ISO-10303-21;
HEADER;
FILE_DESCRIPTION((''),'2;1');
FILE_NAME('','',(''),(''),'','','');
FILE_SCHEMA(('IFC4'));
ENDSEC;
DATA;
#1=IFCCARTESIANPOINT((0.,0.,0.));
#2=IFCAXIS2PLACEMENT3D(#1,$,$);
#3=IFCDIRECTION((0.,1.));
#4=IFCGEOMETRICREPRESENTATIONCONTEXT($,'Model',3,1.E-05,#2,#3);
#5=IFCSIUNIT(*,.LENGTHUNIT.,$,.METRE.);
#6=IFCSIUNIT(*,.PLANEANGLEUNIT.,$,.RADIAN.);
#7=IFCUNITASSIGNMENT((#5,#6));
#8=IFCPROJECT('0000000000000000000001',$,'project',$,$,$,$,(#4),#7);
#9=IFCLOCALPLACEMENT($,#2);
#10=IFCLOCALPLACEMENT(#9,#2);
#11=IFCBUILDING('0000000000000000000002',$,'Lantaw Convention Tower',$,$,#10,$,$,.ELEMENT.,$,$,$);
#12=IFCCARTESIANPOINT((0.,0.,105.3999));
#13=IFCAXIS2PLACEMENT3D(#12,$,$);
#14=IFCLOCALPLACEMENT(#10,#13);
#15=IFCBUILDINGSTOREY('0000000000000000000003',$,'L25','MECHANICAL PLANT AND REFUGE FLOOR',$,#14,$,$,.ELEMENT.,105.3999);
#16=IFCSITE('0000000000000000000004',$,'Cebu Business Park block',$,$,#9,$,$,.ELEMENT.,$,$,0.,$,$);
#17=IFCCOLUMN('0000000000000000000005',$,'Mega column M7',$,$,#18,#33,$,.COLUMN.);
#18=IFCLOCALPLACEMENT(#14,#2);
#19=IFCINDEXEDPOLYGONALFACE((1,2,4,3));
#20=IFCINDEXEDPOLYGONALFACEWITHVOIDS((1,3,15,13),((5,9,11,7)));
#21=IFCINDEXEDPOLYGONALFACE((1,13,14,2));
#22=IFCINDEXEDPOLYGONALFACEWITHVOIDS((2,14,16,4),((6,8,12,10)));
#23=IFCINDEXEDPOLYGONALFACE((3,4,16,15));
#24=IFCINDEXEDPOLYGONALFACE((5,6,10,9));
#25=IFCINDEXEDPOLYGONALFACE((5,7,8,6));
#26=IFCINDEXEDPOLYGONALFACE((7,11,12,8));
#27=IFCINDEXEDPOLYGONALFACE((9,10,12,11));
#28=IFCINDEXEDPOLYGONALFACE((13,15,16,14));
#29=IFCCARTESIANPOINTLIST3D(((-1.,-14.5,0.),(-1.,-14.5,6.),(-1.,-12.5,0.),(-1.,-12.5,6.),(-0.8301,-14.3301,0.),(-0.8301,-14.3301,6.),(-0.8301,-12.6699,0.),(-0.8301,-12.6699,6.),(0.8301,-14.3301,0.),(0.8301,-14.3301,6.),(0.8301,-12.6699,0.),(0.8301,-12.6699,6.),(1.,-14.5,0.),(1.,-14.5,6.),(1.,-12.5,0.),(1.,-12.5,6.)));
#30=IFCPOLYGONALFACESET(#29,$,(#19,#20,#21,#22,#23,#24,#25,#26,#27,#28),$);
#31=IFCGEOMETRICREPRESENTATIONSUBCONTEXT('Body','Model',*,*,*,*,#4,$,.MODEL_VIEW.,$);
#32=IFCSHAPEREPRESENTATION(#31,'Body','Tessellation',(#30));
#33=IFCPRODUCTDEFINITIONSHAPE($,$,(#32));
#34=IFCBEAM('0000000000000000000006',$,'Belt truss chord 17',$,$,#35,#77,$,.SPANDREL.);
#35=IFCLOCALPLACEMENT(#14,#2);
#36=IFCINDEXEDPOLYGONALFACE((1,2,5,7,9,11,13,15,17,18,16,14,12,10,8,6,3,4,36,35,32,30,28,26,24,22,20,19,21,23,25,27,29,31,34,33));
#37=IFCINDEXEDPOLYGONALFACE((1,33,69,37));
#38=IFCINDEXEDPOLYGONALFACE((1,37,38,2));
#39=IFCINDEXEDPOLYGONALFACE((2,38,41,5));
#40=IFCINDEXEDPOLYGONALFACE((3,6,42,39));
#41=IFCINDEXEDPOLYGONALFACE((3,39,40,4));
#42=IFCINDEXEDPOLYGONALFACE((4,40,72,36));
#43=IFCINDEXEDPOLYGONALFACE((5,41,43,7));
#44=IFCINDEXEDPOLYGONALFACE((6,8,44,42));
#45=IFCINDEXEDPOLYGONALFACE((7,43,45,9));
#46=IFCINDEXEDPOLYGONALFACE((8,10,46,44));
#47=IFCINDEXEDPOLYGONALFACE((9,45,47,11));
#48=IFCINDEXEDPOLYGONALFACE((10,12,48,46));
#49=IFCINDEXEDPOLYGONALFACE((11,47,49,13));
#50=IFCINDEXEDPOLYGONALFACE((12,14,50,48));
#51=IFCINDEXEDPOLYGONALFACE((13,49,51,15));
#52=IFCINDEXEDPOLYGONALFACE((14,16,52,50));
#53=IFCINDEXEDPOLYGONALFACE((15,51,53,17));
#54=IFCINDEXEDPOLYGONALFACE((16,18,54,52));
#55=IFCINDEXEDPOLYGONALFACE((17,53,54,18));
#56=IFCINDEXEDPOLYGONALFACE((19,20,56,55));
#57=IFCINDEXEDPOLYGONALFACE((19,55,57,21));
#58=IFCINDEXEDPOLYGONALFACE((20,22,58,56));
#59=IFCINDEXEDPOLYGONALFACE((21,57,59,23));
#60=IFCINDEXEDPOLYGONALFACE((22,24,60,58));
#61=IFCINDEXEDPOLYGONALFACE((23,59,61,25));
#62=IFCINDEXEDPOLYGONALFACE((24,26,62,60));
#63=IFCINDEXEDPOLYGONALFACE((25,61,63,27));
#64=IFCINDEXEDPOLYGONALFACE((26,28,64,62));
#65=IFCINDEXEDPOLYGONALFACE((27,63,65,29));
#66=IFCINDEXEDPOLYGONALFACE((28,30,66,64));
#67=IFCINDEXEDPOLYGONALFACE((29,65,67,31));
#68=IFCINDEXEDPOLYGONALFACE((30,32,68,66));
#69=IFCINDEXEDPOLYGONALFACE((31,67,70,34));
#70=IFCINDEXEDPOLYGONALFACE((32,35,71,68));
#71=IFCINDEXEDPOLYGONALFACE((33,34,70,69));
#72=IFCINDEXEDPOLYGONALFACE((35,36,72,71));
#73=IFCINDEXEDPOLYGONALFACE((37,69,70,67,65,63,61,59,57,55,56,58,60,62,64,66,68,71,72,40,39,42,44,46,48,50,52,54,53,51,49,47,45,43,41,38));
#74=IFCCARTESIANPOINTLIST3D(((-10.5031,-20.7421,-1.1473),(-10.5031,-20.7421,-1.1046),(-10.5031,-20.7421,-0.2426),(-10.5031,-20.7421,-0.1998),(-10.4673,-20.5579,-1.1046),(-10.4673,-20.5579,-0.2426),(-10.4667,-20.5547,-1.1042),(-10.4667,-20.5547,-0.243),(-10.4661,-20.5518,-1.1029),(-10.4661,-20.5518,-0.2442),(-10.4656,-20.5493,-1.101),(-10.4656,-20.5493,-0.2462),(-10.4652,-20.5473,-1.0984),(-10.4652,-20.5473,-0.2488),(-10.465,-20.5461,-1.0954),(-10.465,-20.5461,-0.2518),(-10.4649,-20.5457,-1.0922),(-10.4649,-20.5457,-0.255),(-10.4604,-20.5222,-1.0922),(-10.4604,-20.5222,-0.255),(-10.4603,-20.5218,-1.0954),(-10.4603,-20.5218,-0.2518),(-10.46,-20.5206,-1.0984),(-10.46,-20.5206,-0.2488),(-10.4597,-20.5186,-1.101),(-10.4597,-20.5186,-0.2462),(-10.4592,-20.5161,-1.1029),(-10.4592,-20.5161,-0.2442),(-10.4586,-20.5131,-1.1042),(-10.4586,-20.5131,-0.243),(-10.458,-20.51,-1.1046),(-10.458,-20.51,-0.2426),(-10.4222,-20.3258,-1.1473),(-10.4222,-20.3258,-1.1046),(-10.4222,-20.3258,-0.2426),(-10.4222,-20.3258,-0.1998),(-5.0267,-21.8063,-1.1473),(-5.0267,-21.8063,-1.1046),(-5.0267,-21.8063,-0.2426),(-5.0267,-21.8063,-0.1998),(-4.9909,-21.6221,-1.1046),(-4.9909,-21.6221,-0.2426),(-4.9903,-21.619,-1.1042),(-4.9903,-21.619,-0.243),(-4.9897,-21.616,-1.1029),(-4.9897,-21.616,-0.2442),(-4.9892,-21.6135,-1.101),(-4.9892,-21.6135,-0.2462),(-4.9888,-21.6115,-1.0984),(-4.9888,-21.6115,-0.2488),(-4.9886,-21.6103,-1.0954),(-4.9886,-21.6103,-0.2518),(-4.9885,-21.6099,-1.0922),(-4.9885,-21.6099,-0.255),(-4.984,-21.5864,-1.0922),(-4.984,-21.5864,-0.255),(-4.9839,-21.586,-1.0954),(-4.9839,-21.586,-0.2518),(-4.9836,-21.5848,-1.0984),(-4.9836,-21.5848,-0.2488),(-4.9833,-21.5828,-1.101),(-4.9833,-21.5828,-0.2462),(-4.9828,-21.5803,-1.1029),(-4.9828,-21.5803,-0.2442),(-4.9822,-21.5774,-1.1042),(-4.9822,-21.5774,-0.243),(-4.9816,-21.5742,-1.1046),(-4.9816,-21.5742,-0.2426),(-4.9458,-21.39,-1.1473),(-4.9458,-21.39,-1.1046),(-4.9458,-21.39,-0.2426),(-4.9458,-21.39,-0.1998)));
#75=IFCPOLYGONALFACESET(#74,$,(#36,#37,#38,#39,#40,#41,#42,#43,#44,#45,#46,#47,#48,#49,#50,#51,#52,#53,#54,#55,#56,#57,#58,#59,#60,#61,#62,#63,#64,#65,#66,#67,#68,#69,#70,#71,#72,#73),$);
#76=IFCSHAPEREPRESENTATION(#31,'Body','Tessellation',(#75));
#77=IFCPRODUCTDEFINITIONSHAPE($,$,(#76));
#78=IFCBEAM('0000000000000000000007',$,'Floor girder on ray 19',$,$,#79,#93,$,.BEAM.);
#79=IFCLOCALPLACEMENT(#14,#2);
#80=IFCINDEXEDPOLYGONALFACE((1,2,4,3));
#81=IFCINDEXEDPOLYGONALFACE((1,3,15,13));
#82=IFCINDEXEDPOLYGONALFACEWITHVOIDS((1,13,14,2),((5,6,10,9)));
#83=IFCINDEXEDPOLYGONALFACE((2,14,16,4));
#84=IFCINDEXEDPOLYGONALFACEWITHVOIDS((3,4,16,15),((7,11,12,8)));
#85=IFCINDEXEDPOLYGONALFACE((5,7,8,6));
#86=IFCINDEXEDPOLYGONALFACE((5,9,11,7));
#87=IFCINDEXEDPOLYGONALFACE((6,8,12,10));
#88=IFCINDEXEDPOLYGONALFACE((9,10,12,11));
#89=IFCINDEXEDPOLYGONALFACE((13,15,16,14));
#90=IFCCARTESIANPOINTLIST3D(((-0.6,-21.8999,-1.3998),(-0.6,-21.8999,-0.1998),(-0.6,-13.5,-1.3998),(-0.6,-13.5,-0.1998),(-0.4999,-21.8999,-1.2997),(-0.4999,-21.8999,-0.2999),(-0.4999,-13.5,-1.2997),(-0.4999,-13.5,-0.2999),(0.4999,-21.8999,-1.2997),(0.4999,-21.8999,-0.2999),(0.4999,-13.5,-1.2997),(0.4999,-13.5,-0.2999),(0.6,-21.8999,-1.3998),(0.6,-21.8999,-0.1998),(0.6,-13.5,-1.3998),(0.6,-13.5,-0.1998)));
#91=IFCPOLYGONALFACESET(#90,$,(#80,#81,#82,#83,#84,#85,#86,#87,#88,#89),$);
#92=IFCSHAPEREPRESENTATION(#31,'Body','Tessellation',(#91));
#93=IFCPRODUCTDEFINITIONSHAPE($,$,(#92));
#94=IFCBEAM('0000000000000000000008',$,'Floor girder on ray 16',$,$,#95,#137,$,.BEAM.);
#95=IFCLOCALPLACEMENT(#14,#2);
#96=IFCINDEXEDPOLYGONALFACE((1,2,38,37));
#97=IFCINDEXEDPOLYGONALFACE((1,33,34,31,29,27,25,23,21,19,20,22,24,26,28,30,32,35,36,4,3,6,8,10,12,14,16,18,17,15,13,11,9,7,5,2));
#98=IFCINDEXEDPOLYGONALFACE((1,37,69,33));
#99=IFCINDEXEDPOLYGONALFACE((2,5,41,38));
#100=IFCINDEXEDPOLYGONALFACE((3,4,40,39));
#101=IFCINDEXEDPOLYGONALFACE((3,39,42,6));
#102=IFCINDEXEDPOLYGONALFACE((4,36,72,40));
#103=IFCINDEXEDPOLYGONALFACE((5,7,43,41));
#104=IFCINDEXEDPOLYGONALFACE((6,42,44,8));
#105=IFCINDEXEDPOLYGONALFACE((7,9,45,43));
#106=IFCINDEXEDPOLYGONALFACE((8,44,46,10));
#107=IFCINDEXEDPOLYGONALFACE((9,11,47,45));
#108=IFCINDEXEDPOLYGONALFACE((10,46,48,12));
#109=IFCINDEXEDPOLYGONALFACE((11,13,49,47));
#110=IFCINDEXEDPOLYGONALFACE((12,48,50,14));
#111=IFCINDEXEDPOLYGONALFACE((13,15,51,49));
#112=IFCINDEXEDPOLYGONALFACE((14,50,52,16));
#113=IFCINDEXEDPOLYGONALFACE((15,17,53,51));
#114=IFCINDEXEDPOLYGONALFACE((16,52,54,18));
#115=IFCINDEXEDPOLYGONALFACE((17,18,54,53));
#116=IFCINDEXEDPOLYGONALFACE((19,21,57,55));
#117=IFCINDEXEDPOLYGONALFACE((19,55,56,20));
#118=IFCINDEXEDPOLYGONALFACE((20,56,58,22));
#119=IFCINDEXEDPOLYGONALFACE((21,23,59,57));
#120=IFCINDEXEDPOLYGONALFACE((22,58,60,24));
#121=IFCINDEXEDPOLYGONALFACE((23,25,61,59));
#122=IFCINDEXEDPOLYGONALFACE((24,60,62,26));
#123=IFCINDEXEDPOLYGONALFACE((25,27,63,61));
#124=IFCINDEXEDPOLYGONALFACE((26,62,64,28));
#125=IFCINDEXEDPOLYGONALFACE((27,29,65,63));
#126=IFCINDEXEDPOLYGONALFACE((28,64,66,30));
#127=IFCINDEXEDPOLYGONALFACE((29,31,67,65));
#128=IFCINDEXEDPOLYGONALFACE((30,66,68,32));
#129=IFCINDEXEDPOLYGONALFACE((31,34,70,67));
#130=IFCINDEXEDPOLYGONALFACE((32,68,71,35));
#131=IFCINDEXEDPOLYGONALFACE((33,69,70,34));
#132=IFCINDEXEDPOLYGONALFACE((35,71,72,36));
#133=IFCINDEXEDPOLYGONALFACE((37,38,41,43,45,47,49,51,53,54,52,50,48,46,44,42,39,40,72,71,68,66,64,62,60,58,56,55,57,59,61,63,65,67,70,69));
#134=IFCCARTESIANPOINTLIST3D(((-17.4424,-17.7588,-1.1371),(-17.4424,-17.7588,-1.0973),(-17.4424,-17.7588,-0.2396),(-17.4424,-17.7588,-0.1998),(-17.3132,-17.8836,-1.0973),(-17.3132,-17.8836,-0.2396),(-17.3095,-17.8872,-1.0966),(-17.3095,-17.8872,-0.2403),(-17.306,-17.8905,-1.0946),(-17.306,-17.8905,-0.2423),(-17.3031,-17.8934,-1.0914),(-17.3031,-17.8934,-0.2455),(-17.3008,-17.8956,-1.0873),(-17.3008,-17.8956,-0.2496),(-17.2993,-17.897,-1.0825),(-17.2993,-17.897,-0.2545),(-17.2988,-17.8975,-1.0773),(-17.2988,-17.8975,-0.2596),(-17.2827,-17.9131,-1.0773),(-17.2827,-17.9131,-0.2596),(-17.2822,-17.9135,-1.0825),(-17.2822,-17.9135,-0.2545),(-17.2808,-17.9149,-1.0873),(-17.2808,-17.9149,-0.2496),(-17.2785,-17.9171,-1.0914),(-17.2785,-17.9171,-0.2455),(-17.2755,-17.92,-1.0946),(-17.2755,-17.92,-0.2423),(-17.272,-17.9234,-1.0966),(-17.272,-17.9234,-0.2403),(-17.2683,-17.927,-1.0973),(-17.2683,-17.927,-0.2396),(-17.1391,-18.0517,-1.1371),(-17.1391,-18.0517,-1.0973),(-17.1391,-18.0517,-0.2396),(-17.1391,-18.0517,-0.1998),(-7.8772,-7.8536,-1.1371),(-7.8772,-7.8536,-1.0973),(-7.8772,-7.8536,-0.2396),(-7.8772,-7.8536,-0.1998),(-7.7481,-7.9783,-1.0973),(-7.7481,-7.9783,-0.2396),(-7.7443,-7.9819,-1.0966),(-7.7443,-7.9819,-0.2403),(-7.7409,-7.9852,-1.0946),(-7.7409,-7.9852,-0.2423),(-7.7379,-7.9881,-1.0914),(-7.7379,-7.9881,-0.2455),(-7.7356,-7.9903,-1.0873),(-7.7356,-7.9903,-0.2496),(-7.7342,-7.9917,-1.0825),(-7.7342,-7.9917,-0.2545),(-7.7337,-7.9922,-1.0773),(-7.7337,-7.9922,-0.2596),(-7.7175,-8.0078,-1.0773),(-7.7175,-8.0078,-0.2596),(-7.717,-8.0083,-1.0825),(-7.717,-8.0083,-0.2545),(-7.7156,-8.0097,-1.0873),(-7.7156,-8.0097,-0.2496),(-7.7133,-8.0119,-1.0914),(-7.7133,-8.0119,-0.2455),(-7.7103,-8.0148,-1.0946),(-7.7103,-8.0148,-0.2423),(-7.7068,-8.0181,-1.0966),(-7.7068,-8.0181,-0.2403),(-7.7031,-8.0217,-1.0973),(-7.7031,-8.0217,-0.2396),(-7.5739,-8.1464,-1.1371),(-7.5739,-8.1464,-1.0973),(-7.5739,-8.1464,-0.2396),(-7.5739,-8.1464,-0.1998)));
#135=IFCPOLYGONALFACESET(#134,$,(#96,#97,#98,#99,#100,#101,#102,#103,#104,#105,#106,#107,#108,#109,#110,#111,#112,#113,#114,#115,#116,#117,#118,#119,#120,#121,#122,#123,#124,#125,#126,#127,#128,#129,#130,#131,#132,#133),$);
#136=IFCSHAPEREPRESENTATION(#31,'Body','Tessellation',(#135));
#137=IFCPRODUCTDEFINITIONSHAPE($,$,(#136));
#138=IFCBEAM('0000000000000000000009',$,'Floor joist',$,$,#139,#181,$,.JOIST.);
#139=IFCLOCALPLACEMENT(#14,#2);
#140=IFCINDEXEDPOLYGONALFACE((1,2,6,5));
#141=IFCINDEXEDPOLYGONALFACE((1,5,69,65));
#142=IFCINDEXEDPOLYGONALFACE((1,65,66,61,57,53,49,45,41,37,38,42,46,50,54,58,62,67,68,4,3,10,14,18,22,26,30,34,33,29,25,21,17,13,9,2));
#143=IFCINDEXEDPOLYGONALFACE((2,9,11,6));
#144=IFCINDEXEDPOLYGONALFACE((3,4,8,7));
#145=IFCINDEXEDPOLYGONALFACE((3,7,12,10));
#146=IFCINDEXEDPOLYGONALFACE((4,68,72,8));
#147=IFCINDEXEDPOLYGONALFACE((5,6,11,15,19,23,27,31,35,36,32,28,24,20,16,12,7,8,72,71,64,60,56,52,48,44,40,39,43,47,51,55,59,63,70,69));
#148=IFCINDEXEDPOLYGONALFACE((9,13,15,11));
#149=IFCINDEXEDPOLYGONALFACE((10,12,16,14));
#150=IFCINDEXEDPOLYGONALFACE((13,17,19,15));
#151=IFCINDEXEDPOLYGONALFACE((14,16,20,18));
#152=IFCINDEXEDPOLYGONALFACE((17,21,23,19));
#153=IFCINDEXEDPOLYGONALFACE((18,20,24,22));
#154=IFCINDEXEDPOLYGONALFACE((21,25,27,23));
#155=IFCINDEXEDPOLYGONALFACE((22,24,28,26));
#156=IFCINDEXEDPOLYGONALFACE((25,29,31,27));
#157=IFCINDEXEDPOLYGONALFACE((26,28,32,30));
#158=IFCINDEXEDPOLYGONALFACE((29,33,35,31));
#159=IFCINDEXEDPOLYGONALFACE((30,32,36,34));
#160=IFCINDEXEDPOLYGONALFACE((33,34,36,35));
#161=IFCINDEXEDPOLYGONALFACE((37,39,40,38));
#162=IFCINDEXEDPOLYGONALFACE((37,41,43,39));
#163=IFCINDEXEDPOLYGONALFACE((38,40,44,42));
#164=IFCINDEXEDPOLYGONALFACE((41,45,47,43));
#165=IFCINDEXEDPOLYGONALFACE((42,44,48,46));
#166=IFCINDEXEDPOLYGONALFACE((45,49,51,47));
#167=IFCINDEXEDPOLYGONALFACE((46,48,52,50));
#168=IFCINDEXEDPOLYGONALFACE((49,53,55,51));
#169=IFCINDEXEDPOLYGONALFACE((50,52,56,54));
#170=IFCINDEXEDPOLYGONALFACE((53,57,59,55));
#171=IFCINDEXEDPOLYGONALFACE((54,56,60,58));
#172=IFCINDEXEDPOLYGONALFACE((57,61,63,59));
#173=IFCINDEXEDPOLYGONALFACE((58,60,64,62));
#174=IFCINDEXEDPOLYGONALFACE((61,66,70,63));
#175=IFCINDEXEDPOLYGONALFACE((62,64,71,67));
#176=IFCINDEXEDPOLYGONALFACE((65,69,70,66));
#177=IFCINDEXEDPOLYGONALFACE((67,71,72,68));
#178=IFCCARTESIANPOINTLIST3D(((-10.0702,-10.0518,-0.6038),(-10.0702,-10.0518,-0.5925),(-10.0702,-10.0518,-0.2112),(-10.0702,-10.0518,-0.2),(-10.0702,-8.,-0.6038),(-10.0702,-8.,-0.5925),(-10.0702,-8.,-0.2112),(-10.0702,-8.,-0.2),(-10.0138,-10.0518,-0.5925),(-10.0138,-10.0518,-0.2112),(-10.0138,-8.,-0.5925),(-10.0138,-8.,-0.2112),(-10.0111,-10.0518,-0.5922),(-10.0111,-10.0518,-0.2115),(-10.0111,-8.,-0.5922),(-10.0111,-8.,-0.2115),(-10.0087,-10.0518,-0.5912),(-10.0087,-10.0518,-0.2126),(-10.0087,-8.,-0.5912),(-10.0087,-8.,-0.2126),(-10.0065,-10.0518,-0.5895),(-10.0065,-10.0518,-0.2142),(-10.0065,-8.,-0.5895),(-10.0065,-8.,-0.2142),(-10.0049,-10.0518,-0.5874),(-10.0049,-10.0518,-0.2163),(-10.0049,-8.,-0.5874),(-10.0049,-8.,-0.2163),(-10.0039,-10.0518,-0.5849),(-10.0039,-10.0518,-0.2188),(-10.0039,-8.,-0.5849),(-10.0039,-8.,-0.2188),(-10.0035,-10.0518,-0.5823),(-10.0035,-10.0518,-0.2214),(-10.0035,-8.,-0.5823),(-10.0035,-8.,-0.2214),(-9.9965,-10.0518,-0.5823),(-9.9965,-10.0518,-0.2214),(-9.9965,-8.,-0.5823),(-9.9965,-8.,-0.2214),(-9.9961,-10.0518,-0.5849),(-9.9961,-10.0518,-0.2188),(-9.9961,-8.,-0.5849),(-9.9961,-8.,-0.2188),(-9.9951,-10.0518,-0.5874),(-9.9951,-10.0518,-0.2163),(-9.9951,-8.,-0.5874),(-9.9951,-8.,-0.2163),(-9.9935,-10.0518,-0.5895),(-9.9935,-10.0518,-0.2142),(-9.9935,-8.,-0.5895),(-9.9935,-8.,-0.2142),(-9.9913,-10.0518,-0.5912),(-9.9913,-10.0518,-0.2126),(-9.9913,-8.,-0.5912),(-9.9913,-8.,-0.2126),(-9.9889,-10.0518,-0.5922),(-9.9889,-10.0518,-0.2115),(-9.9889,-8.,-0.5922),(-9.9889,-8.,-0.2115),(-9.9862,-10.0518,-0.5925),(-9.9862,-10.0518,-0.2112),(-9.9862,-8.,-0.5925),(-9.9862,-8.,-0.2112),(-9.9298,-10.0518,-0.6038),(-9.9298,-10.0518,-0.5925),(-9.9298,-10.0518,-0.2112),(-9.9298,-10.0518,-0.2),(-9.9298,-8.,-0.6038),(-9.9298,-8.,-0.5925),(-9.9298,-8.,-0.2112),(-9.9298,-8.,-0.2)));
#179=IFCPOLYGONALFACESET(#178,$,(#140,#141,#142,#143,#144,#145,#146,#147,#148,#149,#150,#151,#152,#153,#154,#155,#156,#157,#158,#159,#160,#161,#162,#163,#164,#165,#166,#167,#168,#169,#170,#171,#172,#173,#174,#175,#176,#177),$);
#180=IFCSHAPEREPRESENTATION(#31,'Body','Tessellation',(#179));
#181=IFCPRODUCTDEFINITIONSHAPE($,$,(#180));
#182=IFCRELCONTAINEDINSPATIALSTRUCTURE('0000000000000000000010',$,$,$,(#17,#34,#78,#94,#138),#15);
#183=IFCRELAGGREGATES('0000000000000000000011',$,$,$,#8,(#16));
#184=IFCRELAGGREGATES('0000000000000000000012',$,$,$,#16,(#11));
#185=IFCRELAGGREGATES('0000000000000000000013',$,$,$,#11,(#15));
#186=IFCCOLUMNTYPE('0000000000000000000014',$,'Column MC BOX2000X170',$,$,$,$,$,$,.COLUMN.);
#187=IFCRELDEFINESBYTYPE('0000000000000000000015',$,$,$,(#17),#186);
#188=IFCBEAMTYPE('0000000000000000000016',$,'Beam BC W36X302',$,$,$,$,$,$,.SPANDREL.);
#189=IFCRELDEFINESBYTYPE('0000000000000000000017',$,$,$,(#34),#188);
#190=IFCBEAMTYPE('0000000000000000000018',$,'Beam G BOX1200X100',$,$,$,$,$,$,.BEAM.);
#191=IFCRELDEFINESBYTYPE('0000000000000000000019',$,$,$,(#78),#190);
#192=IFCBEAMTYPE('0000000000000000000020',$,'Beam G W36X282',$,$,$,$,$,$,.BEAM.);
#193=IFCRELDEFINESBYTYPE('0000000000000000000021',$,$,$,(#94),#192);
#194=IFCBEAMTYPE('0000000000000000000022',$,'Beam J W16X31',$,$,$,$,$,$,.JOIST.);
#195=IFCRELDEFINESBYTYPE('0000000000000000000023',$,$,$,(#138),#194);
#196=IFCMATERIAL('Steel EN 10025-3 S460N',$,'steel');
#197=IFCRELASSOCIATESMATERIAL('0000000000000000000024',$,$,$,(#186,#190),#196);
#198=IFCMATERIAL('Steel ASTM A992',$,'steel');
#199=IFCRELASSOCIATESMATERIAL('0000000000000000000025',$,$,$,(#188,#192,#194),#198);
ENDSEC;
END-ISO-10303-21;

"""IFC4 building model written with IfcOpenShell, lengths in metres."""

from ifc_helpers import new_model, si_unit, direction, frame, origin, origin_2d, place, context, subcontext, project, spatial, rectangle, hollow_rectangle, i_section, extrude, material, material_profile, profile_set, type_object, element, save


model = new_model("IFC4")

# Units and contexts
model_context = context("Model", 3, precision=1e-05, world=origin(), true_north=direction((0.0, 1.0)))
body_context = subcontext(model_context, "Body", "Model", "MODEL_VIEW")
ifc_project = project(units=[si_unit("LENGTHUNIT", "METRE"), si_unit("PLANEANGLEUNIT", "RADIAN")], contexts=[model_context])

# Site, building, storey
site_placement = place(None, origin())
site = spatial("IfcSite", under=ifc_project, at=site_placement, Name="Cebu Business Park block", CompositionType="ELEMENT", RefElevation=0.0)
building_placement = place(site_placement, origin())
building = spatial("IfcBuilding", under=site, at=building_placement, Name="Lantaw Convention Tower", CompositionType="ELEMENT")
storey_placement = place(building_placement, frame((0.0, 0.0, 105.3999)))
storey = spatial("IfcBuildingStorey", under=building, at=storey_placement, Name="L25", Description="MECHANICAL PLANT AND REFUGE FLOOR", CompositionType="ELEMENT", Elevation=105.3999)

# Column
ifc_material_1 = material(Name="Steel EN 10025-3 S460N", Category="steel")
ifc_material_profile_1 = material_profile(ifc_material_1, hollow_rectangle(XDim=2.0, YDim=2.0, WallThickness=0.1699, at=origin_2d()), Name="BOX2000X170")
ifc_material_2 = material(Name="Concrete C60/75", Category="concrete")
ifc_material_profile_2 = material_profile(ifc_material_2, rectangle(XDim=1.6599, YDim=1.6599, at=origin_2d()), Name="Concrete fill of BOX2000X170")
ifc_profile_set_1 = profile_set([ifc_material_profile_1, ifc_material_profile_2], Name="Steel EN 10025-3 S460N")
column_type = type_object("IfcColumnType", Name="Column MC BOX2000X170", PredefinedType="COLUMN", material=ifc_profile_set_1)
column_placement = place(storey_placement, frame((0.0, -13.5, 0.0), z_axis=(0.0, 0.0, 1.0), x_axis=(1.0, 0.0, 0.0)))
element("IfcColumn", 1, at=column_placement, inside=storey, type_object=column_type, Name="Mega column M7", PredefinedType="COLUMN", context=body_context, shape_type="SweptSolid", body=[
    extrude(hollow_rectangle(XDim=2.0, YDim=2.0, WallThickness=0.1699, at=origin_2d()), origin(), (0.0, 0.0, 1.0), 6.0),
])

# Beams
ifc_material_3 = material(Name="Steel ASTM A992", Category="steel")
ifc_material_profile_3 = material_profile(ifc_material_3, i_section(OverallWidth=0.4241, OverallDepth=0.9475, WebThickness=0.0239, FlangeThickness=0.0427, FilletRadius=0.0125, at=origin_2d()), Name="W36X302")
ifc_profile_set_2 = profile_set([ifc_material_profile_3], Name="Steel ASTM A992")
beam_type_1 = type_object("IfcBeamType", Name="Beam BC W36X302", PredefinedType="SPANDREL", material=ifc_profile_set_2)
beam_1_placement = place(storey_placement, frame((-10.4626, -20.5339, -0.6736), z_axis=(0.981637, -0.190761, 0.0), x_axis=(0.190761, 0.981637, 0.0)))
element("IfcBeam", 2, at=beam_1_placement, inside=storey, type_object=beam_type_1, Name="Belt truss chord 17", PredefinedType="SPANDREL", context=body_context, shape_type="SweptSolid", body=[
    extrude(i_section(OverallWidth=0.4241, OverallDepth=0.9475, WebThickness=0.0239, FlangeThickness=0.0427, FilletRadius=0.0125, at=origin_2d()), origin(), (0.0, 0.0, 1.0), 5.5789),
])
ifc_material_profile_4 = material_profile(ifc_material_1, hollow_rectangle(XDim=1.2, YDim=1.2, WallThickness=0.1001, at=origin_2d()), Name="BOX1200X100")
ifc_profile_set_3 = profile_set([ifc_material_profile_4], Name="Steel EN 10025-3 S460N")
beam_type_2 = type_object("IfcBeamType", Name="Beam G BOX1200X100", PredefinedType="BEAM", material=ifc_profile_set_3)
beam_2_placement = place(storey_placement, frame((0.0, -13.5, -0.7998), z_axis=(0.0, -1.0, 0.0), x_axis=(1.0, 0.0, 0.0)))
element("IfcBeam", 3, at=beam_2_placement, inside=storey, type_object=beam_type_2, Name="Floor girder on ray 19", PredefinedType="BEAM", context=body_context, shape_type="SweptSolid", body=[
    extrude(hollow_rectangle(XDim=1.2, YDim=1.2, WallThickness=0.1001, at=origin_2d()), origin(), (0.0, 0.0, 1.0), 8.3999),
])
ifc_material_profile_5 = material_profile(ifc_material_3, i_section(OverallWidth=0.4216, OverallDepth=0.9373, WebThickness=0.0225, FlangeThickness=0.0398, FilletRadius=0.02, at=origin_2d()), Name="W36X282")
ifc_profile_set_4 = profile_set([ifc_material_profile_5], Name="Steel ASTM A992")
beam_type_3 = type_object("IfcBeamType", Name="Beam G W36X282", PredefinedType="BEAM", material=ifc_profile_set_4)
beam_3_placement = place(storey_placement, frame((-7.7256, -8.0, -0.6685), z_axis=(-0.69465, -0.719348, 0.0), x_axis=(0.719348, -0.69465, 0.0)))
element("IfcBeam", 4, at=beam_3_placement, inside=storey, type_object=beam_type_3, Name="Floor girder on ray 16", PredefinedType="BEAM", context=body_context, shape_type="SweptSolid", body=[
    extrude(i_section(OverallWidth=0.4216, OverallDepth=0.9373, WebThickness=0.0225, FlangeThickness=0.0398, FilletRadius=0.02, at=origin_2d()), origin(), (0.0, 0.0, 1.0), 13.7698),
])
ifc_material_profile_6 = material_profile(ifc_material_3, i_section(OverallWidth=0.1404, OverallDepth=0.4038, WebThickness=0.0071, FlangeThickness=0.0112, FilletRadius=0.0103, at=origin_2d()), Name="W16X31")
ifc_profile_set_5 = profile_set([ifc_material_profile_6], Name="Steel ASTM A992")
beam_type_4 = type_object("IfcBeamType", Name="Beam J W16X31", PredefinedType="JOIST", material=ifc_profile_set_5)
beam_4_placement = place(storey_placement, frame((-10.0, -10.0518, -0.4019), z_axis=(0.0, 1.0, 0.0), x_axis=(-1.0, 0.0, 0.0)))
element("IfcBeam", 5, at=beam_4_placement, inside=storey, type_object=beam_type_4, Name="Floor joist", PredefinedType="JOIST", context=body_context, shape_type="SweptSolid", body=[
    extrude(i_section(OverallWidth=0.1404, OverallDepth=0.4038, WebThickness=0.0071, FlangeThickness=0.0112, FilletRadius=0.0103, at=origin_2d()), origin(), (0.0, 0.0, 1.0), 2.0518),
])

save(model, "model.ifc")
